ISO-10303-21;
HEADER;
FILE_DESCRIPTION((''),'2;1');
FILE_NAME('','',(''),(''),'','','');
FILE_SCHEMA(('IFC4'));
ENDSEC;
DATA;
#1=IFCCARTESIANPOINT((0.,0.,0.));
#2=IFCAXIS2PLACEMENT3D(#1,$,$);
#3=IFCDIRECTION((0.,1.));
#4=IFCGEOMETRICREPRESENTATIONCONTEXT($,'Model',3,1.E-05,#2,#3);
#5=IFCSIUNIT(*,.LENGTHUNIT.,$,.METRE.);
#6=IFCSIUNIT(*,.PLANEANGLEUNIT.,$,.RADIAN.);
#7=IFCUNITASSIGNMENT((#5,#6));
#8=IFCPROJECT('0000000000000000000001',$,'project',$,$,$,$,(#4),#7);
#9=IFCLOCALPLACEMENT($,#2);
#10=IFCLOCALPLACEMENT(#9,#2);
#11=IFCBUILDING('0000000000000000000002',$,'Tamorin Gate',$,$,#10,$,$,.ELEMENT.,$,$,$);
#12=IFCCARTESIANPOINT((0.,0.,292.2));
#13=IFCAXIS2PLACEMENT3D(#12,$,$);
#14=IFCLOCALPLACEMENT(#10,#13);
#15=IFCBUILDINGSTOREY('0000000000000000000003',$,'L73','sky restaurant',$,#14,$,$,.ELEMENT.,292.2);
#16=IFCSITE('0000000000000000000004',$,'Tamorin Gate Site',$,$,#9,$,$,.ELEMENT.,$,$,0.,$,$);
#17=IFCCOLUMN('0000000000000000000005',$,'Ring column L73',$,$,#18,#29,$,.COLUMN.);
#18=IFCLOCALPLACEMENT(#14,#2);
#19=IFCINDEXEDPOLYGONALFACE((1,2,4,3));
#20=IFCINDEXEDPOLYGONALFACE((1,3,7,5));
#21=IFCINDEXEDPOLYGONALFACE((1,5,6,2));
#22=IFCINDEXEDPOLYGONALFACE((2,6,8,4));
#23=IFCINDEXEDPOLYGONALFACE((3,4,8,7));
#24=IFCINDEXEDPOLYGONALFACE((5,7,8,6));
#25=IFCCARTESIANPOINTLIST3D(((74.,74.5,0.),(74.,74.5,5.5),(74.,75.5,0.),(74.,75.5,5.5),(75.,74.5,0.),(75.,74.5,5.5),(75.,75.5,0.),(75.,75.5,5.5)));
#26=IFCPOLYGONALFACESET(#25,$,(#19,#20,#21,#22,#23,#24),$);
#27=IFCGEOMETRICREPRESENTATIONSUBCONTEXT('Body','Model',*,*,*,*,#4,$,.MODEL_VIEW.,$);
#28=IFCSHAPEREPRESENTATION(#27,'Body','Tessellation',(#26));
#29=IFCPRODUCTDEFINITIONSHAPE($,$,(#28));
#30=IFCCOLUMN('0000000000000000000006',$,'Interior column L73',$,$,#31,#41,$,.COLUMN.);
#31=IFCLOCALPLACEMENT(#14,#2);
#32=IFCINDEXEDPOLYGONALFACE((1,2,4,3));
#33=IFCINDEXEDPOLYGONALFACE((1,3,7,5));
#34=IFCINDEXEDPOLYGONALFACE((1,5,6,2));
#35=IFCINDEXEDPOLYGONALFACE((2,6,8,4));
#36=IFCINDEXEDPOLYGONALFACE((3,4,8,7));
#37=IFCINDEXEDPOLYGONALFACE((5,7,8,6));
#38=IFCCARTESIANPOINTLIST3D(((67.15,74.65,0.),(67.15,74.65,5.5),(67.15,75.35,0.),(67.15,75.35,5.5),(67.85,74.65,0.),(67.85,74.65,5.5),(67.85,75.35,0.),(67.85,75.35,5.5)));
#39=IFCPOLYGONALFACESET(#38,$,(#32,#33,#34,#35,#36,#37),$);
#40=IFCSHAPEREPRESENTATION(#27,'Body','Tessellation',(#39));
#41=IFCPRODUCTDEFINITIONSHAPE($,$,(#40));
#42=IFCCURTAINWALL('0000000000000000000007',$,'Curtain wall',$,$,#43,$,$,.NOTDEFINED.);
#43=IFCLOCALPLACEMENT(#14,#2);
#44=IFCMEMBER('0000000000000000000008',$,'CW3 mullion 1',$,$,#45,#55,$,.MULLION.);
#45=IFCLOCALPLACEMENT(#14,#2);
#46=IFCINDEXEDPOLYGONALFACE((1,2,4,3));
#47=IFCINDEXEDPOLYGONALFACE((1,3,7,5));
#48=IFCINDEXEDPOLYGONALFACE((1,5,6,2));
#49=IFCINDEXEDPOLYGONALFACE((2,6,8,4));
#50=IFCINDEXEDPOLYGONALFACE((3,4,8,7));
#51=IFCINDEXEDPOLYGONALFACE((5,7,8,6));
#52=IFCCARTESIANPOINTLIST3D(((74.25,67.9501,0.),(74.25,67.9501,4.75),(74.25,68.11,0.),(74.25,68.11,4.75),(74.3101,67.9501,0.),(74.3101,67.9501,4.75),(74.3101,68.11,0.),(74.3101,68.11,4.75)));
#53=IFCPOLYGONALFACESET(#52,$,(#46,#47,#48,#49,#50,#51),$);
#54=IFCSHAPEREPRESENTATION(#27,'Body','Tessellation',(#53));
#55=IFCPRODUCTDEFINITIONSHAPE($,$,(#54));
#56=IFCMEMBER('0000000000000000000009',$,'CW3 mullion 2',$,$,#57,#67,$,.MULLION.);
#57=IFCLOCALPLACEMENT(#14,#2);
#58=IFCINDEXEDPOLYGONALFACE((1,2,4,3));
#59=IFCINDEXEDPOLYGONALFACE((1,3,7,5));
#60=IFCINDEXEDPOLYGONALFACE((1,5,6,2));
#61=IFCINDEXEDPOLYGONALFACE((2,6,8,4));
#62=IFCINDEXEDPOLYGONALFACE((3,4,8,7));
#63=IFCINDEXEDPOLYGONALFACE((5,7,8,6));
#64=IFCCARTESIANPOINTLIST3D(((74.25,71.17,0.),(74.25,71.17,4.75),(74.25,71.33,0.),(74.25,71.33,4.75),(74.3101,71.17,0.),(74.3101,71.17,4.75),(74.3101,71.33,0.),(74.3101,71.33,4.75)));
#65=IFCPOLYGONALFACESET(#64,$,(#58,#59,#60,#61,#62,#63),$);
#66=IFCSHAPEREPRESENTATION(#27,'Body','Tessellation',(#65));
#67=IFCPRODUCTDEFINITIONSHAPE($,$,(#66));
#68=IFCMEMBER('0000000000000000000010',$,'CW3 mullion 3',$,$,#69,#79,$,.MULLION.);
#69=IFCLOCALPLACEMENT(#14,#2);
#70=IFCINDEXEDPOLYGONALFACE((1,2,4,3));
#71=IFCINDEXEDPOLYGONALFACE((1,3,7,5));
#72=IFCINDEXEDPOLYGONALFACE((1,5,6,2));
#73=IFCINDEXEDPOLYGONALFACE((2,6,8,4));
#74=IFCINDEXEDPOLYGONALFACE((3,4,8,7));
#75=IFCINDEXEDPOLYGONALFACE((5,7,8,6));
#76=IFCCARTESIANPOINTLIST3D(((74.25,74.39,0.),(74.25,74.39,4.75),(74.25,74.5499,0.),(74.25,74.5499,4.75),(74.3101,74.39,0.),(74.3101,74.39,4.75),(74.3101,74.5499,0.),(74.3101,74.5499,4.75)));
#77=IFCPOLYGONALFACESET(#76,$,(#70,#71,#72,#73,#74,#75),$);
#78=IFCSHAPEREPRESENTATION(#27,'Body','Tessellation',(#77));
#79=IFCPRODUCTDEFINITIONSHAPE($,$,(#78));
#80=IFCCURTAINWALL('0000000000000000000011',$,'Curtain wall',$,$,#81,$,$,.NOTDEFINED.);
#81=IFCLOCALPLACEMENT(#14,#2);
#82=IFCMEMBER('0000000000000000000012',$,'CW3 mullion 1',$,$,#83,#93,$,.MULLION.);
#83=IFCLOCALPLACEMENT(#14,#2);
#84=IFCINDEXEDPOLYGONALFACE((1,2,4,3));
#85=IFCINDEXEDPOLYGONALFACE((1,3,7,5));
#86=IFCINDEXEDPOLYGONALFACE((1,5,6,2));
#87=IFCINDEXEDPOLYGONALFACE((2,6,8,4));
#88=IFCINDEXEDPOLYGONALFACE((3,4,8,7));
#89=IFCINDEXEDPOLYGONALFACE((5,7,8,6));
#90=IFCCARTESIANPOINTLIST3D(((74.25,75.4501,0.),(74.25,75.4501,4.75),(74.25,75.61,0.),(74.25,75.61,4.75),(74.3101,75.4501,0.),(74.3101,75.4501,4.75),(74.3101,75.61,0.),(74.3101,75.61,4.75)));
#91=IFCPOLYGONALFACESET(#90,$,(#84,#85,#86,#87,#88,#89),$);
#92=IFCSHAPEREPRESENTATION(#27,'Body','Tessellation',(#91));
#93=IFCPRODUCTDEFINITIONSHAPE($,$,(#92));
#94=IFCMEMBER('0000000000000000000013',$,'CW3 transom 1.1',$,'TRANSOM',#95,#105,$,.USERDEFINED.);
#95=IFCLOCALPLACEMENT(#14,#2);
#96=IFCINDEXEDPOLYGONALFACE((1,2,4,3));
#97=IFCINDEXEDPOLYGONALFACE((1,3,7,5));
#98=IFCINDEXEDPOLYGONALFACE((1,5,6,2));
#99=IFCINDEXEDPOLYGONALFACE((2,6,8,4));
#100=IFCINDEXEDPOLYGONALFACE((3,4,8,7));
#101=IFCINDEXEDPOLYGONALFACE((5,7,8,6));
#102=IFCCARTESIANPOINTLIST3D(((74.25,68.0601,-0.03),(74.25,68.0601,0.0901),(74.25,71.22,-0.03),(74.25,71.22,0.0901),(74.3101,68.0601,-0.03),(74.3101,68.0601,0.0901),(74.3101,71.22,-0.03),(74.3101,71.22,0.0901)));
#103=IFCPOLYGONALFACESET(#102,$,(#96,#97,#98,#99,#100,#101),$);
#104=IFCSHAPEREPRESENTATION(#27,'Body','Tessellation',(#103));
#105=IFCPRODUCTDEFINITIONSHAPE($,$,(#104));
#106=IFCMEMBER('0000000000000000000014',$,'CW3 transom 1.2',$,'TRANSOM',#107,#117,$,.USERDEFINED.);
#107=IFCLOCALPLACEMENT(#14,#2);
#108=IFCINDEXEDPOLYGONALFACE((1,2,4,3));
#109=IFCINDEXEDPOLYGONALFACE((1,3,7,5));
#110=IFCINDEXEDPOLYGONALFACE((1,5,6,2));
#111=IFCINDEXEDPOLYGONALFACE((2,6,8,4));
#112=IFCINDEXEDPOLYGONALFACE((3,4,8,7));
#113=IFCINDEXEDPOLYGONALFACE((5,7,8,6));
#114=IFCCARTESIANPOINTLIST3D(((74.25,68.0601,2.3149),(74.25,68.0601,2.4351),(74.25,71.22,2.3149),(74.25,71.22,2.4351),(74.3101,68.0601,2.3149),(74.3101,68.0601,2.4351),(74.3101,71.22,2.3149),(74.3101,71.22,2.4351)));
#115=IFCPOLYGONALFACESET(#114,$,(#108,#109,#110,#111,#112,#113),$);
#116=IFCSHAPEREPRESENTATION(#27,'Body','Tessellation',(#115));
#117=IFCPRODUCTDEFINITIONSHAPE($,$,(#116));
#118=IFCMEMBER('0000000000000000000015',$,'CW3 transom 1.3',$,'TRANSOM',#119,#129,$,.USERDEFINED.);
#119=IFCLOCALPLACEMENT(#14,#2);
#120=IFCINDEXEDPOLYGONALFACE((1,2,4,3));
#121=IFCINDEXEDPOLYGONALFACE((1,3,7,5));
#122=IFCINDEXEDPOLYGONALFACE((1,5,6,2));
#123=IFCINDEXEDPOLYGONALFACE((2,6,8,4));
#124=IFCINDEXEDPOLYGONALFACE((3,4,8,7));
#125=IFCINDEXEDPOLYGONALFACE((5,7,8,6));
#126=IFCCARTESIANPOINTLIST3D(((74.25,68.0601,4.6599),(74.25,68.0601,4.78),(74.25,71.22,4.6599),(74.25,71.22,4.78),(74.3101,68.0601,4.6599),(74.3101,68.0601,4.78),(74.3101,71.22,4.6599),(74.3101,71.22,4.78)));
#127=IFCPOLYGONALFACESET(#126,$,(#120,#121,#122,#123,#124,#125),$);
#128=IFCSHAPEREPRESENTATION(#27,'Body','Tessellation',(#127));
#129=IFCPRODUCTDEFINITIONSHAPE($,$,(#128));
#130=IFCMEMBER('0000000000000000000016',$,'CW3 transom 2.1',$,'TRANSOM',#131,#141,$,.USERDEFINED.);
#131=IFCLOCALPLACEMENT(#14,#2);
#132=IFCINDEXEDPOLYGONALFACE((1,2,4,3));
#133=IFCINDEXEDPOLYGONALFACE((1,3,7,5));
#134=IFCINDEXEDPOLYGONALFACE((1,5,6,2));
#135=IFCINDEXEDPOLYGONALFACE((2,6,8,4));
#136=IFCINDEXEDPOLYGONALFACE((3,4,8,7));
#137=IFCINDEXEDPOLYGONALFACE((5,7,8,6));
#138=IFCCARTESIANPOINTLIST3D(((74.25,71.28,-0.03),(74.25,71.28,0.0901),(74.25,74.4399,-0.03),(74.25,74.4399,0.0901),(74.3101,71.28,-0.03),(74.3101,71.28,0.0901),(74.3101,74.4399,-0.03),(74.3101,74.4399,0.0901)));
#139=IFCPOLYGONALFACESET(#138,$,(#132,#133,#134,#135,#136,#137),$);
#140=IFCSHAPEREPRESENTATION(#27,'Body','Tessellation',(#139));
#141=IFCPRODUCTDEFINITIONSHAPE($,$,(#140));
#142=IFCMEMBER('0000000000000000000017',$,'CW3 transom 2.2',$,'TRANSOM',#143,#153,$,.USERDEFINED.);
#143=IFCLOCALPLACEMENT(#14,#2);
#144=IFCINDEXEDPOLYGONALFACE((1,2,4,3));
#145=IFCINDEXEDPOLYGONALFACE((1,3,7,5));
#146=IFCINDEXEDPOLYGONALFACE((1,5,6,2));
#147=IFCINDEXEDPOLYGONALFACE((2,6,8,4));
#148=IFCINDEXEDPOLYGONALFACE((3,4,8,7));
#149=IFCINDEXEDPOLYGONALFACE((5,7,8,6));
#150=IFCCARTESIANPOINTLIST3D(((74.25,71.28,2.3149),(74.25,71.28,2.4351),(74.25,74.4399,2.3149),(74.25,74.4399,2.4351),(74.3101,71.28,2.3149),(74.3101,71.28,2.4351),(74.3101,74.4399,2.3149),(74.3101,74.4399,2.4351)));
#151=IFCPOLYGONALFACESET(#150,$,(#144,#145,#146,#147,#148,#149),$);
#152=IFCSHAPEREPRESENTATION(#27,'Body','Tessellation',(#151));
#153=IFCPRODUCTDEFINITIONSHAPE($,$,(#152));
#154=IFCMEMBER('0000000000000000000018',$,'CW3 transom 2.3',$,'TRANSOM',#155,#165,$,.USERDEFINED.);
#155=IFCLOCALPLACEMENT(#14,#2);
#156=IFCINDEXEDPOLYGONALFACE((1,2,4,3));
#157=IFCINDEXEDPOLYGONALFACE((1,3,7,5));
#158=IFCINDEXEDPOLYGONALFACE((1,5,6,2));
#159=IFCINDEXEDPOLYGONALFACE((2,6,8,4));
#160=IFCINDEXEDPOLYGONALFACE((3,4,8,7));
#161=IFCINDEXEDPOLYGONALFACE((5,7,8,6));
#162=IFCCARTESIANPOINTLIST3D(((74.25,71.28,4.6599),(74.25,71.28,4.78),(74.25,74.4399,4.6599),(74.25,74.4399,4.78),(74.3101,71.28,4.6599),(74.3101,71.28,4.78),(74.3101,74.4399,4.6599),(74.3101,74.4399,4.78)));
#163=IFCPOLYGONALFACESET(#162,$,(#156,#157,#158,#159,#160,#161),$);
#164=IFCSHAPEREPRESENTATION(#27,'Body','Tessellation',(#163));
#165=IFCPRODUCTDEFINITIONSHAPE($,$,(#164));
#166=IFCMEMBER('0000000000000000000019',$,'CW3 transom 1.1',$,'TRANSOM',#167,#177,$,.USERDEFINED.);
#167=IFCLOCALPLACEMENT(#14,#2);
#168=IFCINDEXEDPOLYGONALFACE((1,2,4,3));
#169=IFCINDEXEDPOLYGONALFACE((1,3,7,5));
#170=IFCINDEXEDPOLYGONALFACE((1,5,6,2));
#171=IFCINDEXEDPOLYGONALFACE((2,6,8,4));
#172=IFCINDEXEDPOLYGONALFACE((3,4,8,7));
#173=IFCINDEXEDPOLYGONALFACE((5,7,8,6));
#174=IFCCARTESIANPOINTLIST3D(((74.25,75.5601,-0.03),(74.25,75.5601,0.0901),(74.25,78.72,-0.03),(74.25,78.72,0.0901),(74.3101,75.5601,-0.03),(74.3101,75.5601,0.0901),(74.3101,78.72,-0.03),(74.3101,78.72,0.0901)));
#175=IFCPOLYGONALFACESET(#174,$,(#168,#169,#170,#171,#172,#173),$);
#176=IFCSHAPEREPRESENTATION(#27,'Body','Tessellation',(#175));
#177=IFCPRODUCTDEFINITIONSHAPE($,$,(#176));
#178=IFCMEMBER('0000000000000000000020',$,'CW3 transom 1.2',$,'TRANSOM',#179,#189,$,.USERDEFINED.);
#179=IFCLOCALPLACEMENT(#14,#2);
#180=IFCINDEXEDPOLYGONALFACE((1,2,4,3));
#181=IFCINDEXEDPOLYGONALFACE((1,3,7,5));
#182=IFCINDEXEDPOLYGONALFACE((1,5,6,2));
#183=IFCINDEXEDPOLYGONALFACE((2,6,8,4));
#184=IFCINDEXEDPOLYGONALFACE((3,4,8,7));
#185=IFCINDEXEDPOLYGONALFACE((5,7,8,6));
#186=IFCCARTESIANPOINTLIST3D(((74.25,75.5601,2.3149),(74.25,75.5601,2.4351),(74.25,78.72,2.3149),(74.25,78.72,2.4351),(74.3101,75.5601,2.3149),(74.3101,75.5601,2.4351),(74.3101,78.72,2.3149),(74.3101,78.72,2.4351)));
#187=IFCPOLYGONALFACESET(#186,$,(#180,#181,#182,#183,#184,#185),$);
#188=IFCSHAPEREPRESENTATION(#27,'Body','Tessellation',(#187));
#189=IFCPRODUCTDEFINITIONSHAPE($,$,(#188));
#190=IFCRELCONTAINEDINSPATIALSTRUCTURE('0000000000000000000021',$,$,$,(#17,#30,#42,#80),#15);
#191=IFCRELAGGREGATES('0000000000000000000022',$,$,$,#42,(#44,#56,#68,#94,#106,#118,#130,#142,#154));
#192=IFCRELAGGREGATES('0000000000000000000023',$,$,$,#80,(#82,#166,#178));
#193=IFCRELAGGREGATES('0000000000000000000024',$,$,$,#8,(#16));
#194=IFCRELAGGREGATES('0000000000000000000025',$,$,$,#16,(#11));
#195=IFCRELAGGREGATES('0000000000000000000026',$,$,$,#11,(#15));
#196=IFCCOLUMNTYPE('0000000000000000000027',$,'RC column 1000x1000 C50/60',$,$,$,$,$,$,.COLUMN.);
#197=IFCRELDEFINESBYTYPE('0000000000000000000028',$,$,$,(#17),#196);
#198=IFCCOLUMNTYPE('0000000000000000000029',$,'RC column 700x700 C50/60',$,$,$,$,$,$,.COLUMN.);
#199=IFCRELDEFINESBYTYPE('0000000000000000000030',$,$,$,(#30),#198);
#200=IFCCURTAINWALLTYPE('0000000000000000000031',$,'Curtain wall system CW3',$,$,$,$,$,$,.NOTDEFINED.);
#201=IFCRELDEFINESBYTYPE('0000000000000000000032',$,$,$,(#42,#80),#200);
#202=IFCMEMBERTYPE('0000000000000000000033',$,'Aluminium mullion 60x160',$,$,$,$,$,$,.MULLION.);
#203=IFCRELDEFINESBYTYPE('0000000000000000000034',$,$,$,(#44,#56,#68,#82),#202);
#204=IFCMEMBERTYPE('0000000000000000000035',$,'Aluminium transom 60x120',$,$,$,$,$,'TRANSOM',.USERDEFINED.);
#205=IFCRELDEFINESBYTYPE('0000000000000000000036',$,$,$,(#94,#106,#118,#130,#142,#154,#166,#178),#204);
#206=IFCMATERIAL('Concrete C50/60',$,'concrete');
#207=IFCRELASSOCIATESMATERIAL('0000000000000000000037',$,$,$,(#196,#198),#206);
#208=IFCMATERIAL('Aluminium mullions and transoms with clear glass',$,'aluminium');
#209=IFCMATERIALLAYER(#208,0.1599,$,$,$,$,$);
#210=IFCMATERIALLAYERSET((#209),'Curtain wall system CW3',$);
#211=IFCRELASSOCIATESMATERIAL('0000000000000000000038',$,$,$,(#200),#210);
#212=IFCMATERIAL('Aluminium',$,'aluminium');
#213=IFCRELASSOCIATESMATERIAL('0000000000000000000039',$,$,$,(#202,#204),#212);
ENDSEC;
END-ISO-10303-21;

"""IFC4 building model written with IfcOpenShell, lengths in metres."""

from ifc_helpers import new_model, si_unit, direction, frame, origin, origin_2d, place, context, subcontext, project, spatial, rectangle, extrude, material, layer, layer_set, material_profile, profile_set, type_object, element, aggregate, save


model = new_model("IFC4")

# Units and contexts
model_context = context("Model", 3, precision=1e-05, world=origin(), true_north=direction((0.0, 1.0)))
body_context = subcontext(model_context, "Body", "Model", "MODEL_VIEW")
ifc_project = project(units=[si_unit("LENGTHUNIT", "METRE"), si_unit("PLANEANGLEUNIT", "RADIAN")], contexts=[model_context])

# Site, building, storey
site_placement = place(None, origin())
site = spatial("IfcSite", under=ifc_project, at=site_placement, Name="Tamorin Gate Site", CompositionType="ELEMENT", RefElevation=0.0)
building_placement = place(site_placement, origin())
building = spatial("IfcBuilding", under=site, at=building_placement, Name="Tamorin Gate", CompositionType="ELEMENT")
storey_placement = place(building_placement, frame((0.0, 0.0, 292.2)))
storey = spatial("IfcBuildingStorey", under=building, at=storey_placement, Name="L73", Description="sky restaurant", CompositionType="ELEMENT", Elevation=292.2)

# Columns
ifc_material_1 = material(Name="Concrete C50/60", Category="concrete")
ifc_material_profile_1 = material_profile(ifc_material_1, rectangle(XDim=1.0, YDim=1.0, at=origin_2d()), Name="RC 1000x1000")
ifc_profile_set_1 = profile_set([ifc_material_profile_1], Name="Concrete C50/60")
column_type_1 = type_object("IfcColumnType", Name="RC column 1000x1000 C50/60", PredefinedType="COLUMN", material=ifc_profile_set_1)
column_1_placement = place(storey_placement, frame((74.5, 75.0, 0.0), z_axis=(0.0, 0.0, 1.0), x_axis=(1.0, 0.0, 0.0)))
element("IfcColumn", 1, at=column_1_placement, inside=storey, type_object=column_type_1, Name="Ring column L73", PredefinedType="COLUMN", context=body_context, shape_type="SweptSolid", body=[
    extrude(rectangle(XDim=1.0, YDim=1.0, at=origin_2d()), origin(), (0.0, 0.0, 1.0), 5.5),
])
ifc_material_profile_2 = material_profile(ifc_material_1, rectangle(XDim=0.7, YDim=0.7, at=origin_2d()), Name="RC 700x700")
ifc_profile_set_2 = profile_set([ifc_material_profile_2], Name="Concrete C50/60")
column_type_2 = type_object("IfcColumnType", Name="RC column 700x700 C50/60", PredefinedType="COLUMN", material=ifc_profile_set_2)
column_2_placement = place(storey_placement, frame((67.5, 75.0, 0.0), z_axis=(0.0, 0.0, 1.0), x_axis=(1.0, 0.0, 0.0)))
element("IfcColumn", 2, at=column_2_placement, inside=storey, type_object=column_type_2, Name="Interior column L73", PredefinedType="COLUMN", context=body_context, shape_type="SweptSolid", body=[
    extrude(rectangle(XDim=0.7, YDim=0.7, at=origin_2d()), origin(), (0.0, 0.0, 1.0), 5.5),
])

# Curtain wall, members
ifc_material_2 = material(Name="Aluminium mullions and transoms with clear glass", Category="aluminium")
ifc_layer_1 = layer(ifc_material_2, 0.1599)
ifc_layer_set_1 = layer_set([ifc_layer_1], Name="Curtain wall system CW3")
curtain_wall_type = type_object("IfcCurtainWallType", Name="Curtain wall system CW3", PredefinedType="NOTDEFINED", material=ifc_layer_set_1)
curtain_wall_1_placement = place(storey_placement, origin())
curtain_wall_1 = element("IfcCurtainWall", 3, at=curtain_wall_1_placement, inside=storey, type_object=curtain_wall_type, Name="Curtain wall", PredefinedType="NOTDEFINED")
ifc_material_3 = material(Name="Aluminium", Category="aluminium")
ifc_material_profile_3 = material_profile(ifc_material_3, rectangle(XDim=0.0601, YDim=0.1599, at=origin_2d()), Name="RECT 60x160")
ifc_profile_set_3 = profile_set([ifc_material_profile_3], Name="Aluminium")
member_type_1 = type_object("IfcMemberType", Name="Aluminium mullion 60x160", PredefinedType="MULLION", material=ifc_profile_set_3)
member_1_placement = place(storey_placement, frame((74.28, 68.03, 0.0), z_axis=(0.0, 0.0, 1.0), x_axis=(-1.0, 0.0, 0.0)))
member_1 = element("IfcMember", 4, at=member_1_placement, type_object=member_type_1, Name="CW3 mullion 1", PredefinedType="MULLION", context=body_context, shape_type="SweptSolid", body=[
    extrude(rectangle(XDim=0.0601, YDim=0.1599, at=origin_2d()), origin(), (0.0, 0.0, 1.0), 4.75),
])
member_2_placement = place(storey_placement, frame((74.28, 71.25, 0.0), z_axis=(0.0, 0.0, 1.0), x_axis=(-1.0, 0.0, 0.0)))
member_2 = element("IfcMember", 5, at=member_2_placement, type_object=member_type_1, Name="CW3 mullion 2", PredefinedType="MULLION", context=body_context, shape_type="SweptSolid", body=[
    extrude(rectangle(XDim=0.0601, YDim=0.1599, at=origin_2d()), origin(), (0.0, 0.0, 1.0), 4.75),
])
member_3_placement = place(storey_placement, frame((74.28, 74.47, 0.0), z_axis=(0.0, 0.0, 1.0), x_axis=(-1.0, 0.0, 0.0)))
member_3 = element("IfcMember", 6, at=member_3_placement, type_object=member_type_1, Name="CW3 mullion 3", PredefinedType="MULLION", context=body_context, shape_type="SweptSolid", body=[
    extrude(rectangle(XDim=0.0601, YDim=0.1599, at=origin_2d()), origin(), (0.0, 0.0, 1.0), 4.75),
])

# Curtain wall, member
curtain_wall_2_placement = place(storey_placement, origin())
curtain_wall_2 = element("IfcCurtainWall", 7, at=curtain_wall_2_placement, inside=storey, type_object=curtain_wall_type, Name="Curtain wall", PredefinedType="NOTDEFINED")
member_4_placement = place(storey_placement, frame((74.28, 75.53, 0.0), z_axis=(0.0, 0.0, 1.0), x_axis=(-1.0, 0.0, 0.0)))
member_4 = element("IfcMember", 8, at=member_4_placement, type_object=member_type_1, Name="CW3 mullion 1", PredefinedType="MULLION", context=body_context, shape_type="SweptSolid", body=[
    extrude(rectangle(XDim=0.0601, YDim=0.1599, at=origin_2d()), origin(), (0.0, 0.0, 1.0), 4.75),
])

# Members
ifc_material_profile_4 = material_profile(ifc_material_3, rectangle(XDim=0.0601, YDim=0.1201, at=origin_2d()), Name="RECT 60x120")
ifc_profile_set_4 = profile_set([ifc_material_profile_4], Name="Aluminium")
member_type_2 = type_object("IfcMemberType", Name="Aluminium transom 60x120", ElementType="TRANSOM", PredefinedType="USERDEFINED", material=ifc_profile_set_4)
member_5_placement = place(storey_placement, frame((74.28, 68.0601, 0.03), z_axis=(0.0, 1.0, 0.0), x_axis=(-1.0, 0.0, 0.0)))
member_5 = element("IfcMember", 9, at=member_5_placement, type_object=member_type_2, Name="CW3 transom 1.1", ObjectType="TRANSOM", PredefinedType="USERDEFINED", context=body_context, shape_type="SweptSolid", body=[
    extrude(rectangle(XDim=0.0601, YDim=0.1201, at=origin_2d()), origin(), (0.0, 0.0, 1.0), 3.1599),
])
member_6_placement = place(storey_placement, frame((74.28, 68.0601, 2.375), z_axis=(0.0, 1.0, 0.0), x_axis=(-1.0, 0.0, 0.0)))
member_6 = element("IfcMember", 10, at=member_6_placement, type_object=member_type_2, Name="CW3 transom 1.2", ObjectType="TRANSOM", PredefinedType="USERDEFINED", context=body_context, shape_type="SweptSolid", body=[
    extrude(rectangle(XDim=0.0601, YDim=0.1201, at=origin_2d()), origin(), (0.0, 0.0, 1.0), 3.1599),
])
member_7_placement = place(storey_placement, frame((74.28, 68.0601, 4.72), z_axis=(0.0, 1.0, 0.0), x_axis=(-1.0, 0.0, 0.0)))
member_7 = element("IfcMember", 11, at=member_7_placement, type_object=member_type_2, Name="CW3 transom 1.3", ObjectType="TRANSOM", PredefinedType="USERDEFINED", context=body_context, shape_type="SweptSolid", body=[
    extrude(rectangle(XDim=0.0601, YDim=0.1201, at=origin_2d()), origin(), (0.0, 0.0, 1.0), 3.1599),
])
member_8_placement = place(storey_placement, frame((74.28, 71.28, 0.03), z_axis=(0.0, 1.0, 0.0), x_axis=(-1.0, 0.0, 0.0)))
member_8 = element("IfcMember", 12, at=member_8_placement, type_object=member_type_2, Name="CW3 transom 2.1", ObjectType="TRANSOM", PredefinedType="USERDEFINED", context=body_context, shape_type="SweptSolid", body=[
    extrude(rectangle(XDim=0.0601, YDim=0.1201, at=origin_2d()), origin(), (0.0, 0.0, 1.0), 3.1599),
])
member_9_placement = place(storey_placement, frame((74.28, 71.28, 2.375), z_axis=(0.0, 1.0, 0.0), x_axis=(-1.0, 0.0, 0.0)))
member_9 = element("IfcMember", 13, at=member_9_placement, type_object=member_type_2, Name="CW3 transom 2.2", ObjectType="TRANSOM", PredefinedType="USERDEFINED", context=body_context, shape_type="SweptSolid", body=[
    extrude(rectangle(XDim=0.0601, YDim=0.1201, at=origin_2d()), origin(), (0.0, 0.0, 1.0), 3.1599),
])
member_10_placement = place(storey_placement, frame((74.28, 71.28, 4.72), z_axis=(0.0, 1.0, 0.0), x_axis=(-1.0, 0.0, 0.0)))
member_10 = element("IfcMember", 14, at=member_10_placement, type_object=member_type_2, Name="CW3 transom 2.3", ObjectType="TRANSOM", PredefinedType="USERDEFINED", context=body_context, shape_type="SweptSolid", body=[
    extrude(rectangle(XDim=0.0601, YDim=0.1201, at=origin_2d()), origin(), (0.0, 0.0, 1.0), 3.1599),
])
member_11_placement = place(storey_placement, frame((74.28, 75.5601, 0.03), z_axis=(0.0, 1.0, 0.0), x_axis=(-1.0, 0.0, 0.0)))
member_11 = element("IfcMember", 15, at=member_11_placement, type_object=member_type_2, Name="CW3 transom 1.1", ObjectType="TRANSOM", PredefinedType="USERDEFINED", context=body_context, shape_type="SweptSolid", body=[
    extrude(rectangle(XDim=0.0601, YDim=0.1201, at=origin_2d()), origin(), (0.0, 0.0, 1.0), 3.1599),
])
member_12_placement = place(storey_placement, frame((74.28, 75.5601, 2.375), z_axis=(0.0, 1.0, 0.0), x_axis=(-1.0, 0.0, 0.0)))
member_12 = element("IfcMember", 16, at=member_12_placement, type_object=member_type_2, Name="CW3 transom 1.2", ObjectType="TRANSOM", PredefinedType="USERDEFINED", context=body_context, shape_type="SweptSolid", body=[
    extrude(rectangle(XDim=0.0601, YDim=0.1201, at=origin_2d()), origin(), (0.0, 0.0, 1.0), 3.1599),
])

aggregate(curtain_wall_1, [member_1, member_2, member_3, member_5, member_6, member_7, member_8, member_9, member_10])
aggregate(curtain_wall_2, [member_4, member_11, member_12])

save(model, "model.ifc")
